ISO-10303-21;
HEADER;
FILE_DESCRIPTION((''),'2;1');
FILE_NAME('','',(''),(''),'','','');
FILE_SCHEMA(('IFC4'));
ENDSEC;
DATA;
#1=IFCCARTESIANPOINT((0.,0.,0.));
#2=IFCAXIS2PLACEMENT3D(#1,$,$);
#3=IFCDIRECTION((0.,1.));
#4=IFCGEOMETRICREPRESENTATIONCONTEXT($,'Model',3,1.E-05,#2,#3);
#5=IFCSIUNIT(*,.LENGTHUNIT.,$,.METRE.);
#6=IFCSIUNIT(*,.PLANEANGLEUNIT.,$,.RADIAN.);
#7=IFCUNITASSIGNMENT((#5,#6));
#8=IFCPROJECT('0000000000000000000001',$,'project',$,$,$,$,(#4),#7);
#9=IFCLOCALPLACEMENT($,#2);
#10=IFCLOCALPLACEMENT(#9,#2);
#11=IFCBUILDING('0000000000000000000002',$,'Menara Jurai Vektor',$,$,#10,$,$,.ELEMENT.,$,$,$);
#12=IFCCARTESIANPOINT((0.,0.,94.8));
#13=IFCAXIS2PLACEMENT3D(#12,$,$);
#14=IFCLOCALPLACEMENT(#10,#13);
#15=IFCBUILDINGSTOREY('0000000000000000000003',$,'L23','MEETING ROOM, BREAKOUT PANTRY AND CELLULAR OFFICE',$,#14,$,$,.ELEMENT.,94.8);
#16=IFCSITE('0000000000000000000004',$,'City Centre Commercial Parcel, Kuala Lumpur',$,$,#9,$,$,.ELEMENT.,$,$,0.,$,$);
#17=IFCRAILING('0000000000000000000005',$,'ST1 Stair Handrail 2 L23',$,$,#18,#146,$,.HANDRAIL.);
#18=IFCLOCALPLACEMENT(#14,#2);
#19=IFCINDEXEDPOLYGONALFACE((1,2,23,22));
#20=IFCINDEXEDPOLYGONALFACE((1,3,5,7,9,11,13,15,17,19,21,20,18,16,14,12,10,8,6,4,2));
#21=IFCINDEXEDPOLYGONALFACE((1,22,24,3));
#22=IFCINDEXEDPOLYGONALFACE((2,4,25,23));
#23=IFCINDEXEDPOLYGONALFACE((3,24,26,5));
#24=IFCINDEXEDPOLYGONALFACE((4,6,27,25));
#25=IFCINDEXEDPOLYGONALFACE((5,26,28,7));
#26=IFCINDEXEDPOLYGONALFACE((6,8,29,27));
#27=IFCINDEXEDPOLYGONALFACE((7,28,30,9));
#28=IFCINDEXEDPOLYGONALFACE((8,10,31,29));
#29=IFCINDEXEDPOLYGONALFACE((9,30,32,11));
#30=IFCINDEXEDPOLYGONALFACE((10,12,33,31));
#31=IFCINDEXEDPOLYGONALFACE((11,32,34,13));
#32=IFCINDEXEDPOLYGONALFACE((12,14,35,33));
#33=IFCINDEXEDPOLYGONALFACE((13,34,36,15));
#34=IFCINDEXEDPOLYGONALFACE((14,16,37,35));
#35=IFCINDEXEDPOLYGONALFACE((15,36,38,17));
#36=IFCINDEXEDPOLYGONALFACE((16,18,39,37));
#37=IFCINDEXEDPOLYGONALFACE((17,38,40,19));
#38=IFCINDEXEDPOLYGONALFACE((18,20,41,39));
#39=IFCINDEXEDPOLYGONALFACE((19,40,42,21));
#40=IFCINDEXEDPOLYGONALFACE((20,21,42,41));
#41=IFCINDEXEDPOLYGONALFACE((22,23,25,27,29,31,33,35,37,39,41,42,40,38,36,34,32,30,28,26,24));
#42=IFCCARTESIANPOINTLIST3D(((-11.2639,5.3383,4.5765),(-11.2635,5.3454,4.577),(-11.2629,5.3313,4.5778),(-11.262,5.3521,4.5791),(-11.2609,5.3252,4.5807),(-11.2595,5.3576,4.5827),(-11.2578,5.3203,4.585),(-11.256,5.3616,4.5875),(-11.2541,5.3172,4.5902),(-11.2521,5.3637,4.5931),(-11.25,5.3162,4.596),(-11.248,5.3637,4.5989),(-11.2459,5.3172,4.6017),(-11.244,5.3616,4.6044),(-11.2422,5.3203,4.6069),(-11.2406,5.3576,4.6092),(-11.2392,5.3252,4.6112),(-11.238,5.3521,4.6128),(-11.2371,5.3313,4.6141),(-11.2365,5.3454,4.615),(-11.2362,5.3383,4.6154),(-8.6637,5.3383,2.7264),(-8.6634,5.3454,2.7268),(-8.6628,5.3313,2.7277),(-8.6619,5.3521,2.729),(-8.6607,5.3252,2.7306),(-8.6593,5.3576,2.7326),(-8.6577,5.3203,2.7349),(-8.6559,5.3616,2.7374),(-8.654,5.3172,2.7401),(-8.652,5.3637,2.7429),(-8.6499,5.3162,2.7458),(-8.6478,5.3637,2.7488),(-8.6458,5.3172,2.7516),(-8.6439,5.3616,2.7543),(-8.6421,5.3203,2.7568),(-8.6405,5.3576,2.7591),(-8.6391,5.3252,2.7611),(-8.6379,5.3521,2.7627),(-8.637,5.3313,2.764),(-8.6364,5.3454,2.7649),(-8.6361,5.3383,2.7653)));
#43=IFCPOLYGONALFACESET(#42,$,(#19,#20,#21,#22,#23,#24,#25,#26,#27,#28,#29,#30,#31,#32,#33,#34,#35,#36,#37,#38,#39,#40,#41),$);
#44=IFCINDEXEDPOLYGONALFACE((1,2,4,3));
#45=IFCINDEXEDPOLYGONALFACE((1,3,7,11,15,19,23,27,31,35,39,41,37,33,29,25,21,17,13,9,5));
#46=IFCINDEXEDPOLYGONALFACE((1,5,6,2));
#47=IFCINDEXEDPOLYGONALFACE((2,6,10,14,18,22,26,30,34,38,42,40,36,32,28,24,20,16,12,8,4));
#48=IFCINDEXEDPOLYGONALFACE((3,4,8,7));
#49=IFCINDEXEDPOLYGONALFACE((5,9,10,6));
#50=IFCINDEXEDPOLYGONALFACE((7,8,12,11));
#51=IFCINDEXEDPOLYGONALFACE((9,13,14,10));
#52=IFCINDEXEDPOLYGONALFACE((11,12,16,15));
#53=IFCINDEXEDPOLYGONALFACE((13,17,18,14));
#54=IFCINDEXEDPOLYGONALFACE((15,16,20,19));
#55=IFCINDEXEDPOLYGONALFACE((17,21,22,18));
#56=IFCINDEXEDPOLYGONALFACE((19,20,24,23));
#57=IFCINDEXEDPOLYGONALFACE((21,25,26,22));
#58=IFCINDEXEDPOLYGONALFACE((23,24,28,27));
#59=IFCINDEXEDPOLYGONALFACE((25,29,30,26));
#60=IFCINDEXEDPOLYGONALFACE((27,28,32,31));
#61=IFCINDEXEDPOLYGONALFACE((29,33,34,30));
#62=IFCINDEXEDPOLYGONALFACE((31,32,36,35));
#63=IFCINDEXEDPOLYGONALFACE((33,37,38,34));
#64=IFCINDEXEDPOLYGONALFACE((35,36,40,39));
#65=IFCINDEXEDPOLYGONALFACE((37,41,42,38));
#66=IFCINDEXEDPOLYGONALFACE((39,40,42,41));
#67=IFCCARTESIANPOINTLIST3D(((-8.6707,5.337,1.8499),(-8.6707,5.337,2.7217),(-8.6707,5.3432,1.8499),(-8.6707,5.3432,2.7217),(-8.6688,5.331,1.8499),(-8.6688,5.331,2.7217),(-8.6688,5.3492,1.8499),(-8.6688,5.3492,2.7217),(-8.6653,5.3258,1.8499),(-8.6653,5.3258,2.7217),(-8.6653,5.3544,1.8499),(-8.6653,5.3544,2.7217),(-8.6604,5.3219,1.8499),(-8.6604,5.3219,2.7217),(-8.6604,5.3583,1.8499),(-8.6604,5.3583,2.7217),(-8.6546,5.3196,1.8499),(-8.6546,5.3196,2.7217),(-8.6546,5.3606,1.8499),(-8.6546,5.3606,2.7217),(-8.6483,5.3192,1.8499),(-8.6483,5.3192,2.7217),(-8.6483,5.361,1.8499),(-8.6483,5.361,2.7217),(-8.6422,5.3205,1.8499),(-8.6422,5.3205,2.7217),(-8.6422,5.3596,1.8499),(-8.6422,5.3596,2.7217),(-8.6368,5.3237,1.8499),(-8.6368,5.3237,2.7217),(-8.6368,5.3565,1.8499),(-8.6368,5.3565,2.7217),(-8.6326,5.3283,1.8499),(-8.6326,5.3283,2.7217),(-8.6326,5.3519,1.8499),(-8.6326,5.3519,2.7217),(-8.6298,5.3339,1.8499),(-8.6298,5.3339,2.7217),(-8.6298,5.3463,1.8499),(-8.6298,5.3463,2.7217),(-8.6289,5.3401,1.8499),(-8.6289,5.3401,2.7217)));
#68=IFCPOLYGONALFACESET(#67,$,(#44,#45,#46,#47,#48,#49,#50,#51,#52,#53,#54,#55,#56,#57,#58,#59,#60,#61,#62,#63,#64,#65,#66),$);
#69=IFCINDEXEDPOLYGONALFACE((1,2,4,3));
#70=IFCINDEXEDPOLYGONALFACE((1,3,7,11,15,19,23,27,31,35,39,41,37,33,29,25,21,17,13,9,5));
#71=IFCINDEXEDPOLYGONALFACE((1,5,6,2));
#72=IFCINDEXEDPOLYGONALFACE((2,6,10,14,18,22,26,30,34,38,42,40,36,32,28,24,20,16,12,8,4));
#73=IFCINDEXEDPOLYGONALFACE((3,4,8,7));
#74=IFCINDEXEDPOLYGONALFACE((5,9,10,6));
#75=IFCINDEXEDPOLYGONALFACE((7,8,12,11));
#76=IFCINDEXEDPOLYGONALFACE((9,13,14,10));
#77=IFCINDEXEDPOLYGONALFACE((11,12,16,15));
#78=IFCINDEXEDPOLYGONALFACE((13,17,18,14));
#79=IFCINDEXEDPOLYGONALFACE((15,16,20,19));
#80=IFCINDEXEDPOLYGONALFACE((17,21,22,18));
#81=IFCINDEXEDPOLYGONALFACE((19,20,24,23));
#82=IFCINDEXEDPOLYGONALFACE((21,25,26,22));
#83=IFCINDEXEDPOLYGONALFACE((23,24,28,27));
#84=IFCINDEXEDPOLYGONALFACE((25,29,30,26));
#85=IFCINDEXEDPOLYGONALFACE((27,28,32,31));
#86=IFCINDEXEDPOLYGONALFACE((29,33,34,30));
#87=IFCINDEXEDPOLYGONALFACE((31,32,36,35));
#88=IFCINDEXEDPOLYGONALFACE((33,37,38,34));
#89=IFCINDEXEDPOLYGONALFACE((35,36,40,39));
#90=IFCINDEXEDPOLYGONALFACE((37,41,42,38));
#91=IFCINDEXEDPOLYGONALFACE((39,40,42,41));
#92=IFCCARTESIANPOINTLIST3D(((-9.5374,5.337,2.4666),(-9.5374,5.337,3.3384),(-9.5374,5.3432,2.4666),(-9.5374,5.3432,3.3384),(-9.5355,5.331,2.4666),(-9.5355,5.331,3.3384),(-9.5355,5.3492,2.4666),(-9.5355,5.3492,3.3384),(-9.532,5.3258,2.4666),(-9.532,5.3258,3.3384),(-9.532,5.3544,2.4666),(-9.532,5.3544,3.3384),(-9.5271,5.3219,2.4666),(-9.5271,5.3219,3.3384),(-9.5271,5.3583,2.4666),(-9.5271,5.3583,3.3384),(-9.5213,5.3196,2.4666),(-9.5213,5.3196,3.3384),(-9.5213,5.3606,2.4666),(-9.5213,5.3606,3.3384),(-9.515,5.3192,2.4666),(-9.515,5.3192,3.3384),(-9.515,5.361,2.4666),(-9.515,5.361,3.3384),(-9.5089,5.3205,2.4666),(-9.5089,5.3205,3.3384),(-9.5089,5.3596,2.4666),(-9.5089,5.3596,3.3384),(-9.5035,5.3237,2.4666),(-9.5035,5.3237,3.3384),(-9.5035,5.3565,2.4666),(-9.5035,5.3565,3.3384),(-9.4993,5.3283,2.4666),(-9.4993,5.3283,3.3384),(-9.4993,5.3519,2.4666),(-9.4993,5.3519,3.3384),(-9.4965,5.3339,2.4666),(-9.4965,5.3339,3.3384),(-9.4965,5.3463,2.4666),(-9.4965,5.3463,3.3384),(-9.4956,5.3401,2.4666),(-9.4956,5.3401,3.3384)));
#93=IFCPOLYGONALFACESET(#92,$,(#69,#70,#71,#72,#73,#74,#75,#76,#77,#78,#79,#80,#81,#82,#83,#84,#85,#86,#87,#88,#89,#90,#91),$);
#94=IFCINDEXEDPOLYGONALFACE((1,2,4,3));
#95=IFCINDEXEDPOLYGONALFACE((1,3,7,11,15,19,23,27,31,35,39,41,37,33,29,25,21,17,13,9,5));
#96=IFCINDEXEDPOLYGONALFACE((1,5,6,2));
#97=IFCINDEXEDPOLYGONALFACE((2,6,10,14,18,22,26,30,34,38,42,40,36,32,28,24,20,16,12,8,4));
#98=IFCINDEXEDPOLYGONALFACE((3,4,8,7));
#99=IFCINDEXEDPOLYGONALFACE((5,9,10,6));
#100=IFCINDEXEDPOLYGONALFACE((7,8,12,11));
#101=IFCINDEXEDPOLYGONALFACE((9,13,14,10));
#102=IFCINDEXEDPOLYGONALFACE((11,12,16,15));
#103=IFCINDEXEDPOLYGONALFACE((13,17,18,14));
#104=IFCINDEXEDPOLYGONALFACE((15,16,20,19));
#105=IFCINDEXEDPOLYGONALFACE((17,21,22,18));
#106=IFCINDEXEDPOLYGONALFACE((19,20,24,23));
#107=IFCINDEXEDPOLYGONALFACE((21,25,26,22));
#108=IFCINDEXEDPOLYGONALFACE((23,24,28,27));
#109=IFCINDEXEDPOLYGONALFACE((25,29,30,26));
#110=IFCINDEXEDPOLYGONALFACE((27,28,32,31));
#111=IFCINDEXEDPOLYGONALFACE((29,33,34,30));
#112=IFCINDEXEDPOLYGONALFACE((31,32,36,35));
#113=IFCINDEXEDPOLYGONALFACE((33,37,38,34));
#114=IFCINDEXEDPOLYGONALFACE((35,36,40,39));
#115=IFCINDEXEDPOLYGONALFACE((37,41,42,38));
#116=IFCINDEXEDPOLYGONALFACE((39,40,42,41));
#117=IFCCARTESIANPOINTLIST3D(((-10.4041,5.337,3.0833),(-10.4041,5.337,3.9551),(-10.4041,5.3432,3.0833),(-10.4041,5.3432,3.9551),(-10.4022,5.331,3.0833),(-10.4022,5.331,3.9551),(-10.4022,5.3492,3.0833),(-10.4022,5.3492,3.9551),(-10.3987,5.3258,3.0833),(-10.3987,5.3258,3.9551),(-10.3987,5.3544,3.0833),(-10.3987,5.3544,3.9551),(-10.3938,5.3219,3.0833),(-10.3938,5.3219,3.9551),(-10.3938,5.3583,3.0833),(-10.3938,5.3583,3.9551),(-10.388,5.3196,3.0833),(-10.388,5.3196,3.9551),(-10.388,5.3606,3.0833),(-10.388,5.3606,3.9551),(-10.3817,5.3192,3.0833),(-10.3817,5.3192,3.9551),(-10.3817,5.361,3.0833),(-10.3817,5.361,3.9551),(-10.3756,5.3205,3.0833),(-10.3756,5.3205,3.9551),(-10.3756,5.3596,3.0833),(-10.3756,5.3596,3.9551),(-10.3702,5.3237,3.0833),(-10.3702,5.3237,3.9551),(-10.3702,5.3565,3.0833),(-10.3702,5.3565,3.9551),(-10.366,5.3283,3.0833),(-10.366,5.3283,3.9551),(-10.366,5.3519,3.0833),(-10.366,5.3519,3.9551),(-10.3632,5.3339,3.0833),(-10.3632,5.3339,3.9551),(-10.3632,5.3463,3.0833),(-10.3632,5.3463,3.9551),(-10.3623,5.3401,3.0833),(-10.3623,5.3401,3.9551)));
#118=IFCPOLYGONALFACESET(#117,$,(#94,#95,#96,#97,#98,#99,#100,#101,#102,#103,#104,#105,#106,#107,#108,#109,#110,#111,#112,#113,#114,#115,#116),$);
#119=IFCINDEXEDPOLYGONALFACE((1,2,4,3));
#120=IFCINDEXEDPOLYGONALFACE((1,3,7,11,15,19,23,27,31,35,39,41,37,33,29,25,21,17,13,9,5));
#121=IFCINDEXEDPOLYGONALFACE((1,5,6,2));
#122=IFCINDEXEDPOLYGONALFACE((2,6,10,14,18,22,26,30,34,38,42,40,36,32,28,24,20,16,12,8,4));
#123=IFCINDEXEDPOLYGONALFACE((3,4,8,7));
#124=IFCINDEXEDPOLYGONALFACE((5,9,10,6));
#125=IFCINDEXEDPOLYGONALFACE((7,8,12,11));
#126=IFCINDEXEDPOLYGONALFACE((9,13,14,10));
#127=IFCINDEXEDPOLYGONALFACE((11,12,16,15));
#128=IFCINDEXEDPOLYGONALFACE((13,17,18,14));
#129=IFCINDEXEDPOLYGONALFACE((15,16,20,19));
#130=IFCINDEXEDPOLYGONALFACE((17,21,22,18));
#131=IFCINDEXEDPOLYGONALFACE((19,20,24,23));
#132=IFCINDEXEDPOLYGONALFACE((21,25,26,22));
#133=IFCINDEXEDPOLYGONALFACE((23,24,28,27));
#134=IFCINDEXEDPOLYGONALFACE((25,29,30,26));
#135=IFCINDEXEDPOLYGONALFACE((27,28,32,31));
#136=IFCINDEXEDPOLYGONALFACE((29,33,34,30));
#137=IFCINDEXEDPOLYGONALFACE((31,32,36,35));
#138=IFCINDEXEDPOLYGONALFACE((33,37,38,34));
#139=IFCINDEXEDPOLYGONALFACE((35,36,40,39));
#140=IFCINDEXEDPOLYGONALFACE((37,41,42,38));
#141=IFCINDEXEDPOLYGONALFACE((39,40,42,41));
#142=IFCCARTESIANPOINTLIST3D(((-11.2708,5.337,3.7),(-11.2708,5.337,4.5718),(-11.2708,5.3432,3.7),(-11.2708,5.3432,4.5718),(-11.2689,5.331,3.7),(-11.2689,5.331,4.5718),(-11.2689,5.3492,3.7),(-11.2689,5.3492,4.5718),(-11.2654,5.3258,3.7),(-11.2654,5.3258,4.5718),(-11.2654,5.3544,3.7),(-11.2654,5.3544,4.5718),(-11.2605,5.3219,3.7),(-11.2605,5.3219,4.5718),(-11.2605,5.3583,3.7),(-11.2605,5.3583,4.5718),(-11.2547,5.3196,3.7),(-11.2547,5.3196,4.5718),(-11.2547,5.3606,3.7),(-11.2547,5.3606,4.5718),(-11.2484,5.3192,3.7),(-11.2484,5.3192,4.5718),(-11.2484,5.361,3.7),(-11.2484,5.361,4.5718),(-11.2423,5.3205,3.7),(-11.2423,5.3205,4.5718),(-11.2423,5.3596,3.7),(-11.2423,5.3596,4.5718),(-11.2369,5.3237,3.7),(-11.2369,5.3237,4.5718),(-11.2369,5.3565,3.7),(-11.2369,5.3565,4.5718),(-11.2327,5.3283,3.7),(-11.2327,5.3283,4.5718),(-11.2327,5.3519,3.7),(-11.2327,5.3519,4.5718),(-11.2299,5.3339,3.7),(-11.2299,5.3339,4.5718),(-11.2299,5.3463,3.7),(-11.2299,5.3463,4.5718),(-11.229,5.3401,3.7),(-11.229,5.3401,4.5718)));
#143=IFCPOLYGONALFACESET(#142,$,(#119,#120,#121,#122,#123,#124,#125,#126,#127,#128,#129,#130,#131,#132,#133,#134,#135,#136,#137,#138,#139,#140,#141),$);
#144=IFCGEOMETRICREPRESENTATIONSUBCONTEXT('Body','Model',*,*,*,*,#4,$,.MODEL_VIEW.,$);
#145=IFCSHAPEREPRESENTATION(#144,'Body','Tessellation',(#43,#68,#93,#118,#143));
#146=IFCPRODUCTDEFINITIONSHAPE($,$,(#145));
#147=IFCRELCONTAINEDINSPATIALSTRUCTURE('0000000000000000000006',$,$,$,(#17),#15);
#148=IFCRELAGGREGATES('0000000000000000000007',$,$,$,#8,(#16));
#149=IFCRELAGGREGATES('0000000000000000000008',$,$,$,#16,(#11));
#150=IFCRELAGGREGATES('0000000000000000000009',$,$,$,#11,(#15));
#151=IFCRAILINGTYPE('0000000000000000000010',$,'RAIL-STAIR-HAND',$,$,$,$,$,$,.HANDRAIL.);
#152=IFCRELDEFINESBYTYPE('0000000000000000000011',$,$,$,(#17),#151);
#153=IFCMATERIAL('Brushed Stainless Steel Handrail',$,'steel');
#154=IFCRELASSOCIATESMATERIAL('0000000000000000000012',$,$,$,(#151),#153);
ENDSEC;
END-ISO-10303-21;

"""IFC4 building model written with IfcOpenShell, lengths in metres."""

from ifc_helpers import new_model, si_unit, direction, frame, origin, origin_2d, place, context, subcontext, project, spatial, circle, extrude, material, type_object, element, save


model = new_model("IFC4")

# Units and contexts
model_context = context("Model", 3, precision=1e-05, world=origin(), true_north=direction((0.0, 1.0)))
body_context = subcontext(model_context, "Body", "Model", "MODEL_VIEW")
ifc_project = project(units=[si_unit("LENGTHUNIT", "METRE"), si_unit("PLANEANGLEUNIT", "RADIAN")], contexts=[model_context])

# Site, building, storey
site_placement = place(None, origin())
site = spatial("IfcSite", under=ifc_project, at=site_placement, Name="City Centre Commercial Parcel, Kuala Lumpur", CompositionType="ELEMENT", RefElevation=0.0)
building_placement = place(site_placement, origin())
building = spatial("IfcBuilding", under=site, at=building_placement, Name="Menara Jurai Vektor", CompositionType="ELEMENT")
storey_placement = place(building_placement, frame((0.0, 0.0, 94.8)))
storey = spatial("IfcBuildingStorey", under=building, at=storey_placement, Name="L23", Description="MEETING ROOM, BREAKOUT PANTRY AND CELLULAR OFFICE", CompositionType="ELEMENT", Elevation=94.8)

# Railing
ifc_material_1 = material(Name="Brushed Stainless Steel Handrail", Category="steel")
railing_type_1 = type_object("IfcRailingType", Name="RAIL-STAIR-HAND", PredefinedType="HANDRAIL", material=ifc_material_1)
railing_1_placement = place(storey_placement, frame((-8.6499, 5.3401, 1.8499)))
element("IfcRailing", 1, at=railing_1_placement, inside=storey, type_object=railing_type_1, Name="ST1 Stair Handrail 2 L23", PredefinedType="HANDRAIL", context=body_context, shape_type="SweptSolid", body=[
    extrude(circle(Radius=0.0239, at=origin_2d()), frame((0.0, 0.0, 0.896), z_axis=(-0.814787, 0.0, 0.579761), x_axis=(0.0, -1.0, 0.0)), (0.0, 0.0, 1.0), 3.1912),
    extrude(circle(Radius=0.021, at=origin_2d()), origin(), (0.0, 0.0, 1.0), 0.8718),
    extrude(circle(Radius=0.021, at=origin_2d()), frame((-0.8667, 0.0, 0.6167)), (0.0, 0.0, 1.0), 0.8718),
    extrude(circle(Radius=0.021, at=origin_2d()), frame((-1.7334, 0.0, 1.2334)), (0.0, 0.0, 1.0), 0.8718),
    extrude(circle(Radius=0.021, at=origin_2d()), frame((-2.6001, 0.0, 1.8501)), (0.0, 0.0, 1.0), 0.8718),
])

save(model, "model.ifc")
